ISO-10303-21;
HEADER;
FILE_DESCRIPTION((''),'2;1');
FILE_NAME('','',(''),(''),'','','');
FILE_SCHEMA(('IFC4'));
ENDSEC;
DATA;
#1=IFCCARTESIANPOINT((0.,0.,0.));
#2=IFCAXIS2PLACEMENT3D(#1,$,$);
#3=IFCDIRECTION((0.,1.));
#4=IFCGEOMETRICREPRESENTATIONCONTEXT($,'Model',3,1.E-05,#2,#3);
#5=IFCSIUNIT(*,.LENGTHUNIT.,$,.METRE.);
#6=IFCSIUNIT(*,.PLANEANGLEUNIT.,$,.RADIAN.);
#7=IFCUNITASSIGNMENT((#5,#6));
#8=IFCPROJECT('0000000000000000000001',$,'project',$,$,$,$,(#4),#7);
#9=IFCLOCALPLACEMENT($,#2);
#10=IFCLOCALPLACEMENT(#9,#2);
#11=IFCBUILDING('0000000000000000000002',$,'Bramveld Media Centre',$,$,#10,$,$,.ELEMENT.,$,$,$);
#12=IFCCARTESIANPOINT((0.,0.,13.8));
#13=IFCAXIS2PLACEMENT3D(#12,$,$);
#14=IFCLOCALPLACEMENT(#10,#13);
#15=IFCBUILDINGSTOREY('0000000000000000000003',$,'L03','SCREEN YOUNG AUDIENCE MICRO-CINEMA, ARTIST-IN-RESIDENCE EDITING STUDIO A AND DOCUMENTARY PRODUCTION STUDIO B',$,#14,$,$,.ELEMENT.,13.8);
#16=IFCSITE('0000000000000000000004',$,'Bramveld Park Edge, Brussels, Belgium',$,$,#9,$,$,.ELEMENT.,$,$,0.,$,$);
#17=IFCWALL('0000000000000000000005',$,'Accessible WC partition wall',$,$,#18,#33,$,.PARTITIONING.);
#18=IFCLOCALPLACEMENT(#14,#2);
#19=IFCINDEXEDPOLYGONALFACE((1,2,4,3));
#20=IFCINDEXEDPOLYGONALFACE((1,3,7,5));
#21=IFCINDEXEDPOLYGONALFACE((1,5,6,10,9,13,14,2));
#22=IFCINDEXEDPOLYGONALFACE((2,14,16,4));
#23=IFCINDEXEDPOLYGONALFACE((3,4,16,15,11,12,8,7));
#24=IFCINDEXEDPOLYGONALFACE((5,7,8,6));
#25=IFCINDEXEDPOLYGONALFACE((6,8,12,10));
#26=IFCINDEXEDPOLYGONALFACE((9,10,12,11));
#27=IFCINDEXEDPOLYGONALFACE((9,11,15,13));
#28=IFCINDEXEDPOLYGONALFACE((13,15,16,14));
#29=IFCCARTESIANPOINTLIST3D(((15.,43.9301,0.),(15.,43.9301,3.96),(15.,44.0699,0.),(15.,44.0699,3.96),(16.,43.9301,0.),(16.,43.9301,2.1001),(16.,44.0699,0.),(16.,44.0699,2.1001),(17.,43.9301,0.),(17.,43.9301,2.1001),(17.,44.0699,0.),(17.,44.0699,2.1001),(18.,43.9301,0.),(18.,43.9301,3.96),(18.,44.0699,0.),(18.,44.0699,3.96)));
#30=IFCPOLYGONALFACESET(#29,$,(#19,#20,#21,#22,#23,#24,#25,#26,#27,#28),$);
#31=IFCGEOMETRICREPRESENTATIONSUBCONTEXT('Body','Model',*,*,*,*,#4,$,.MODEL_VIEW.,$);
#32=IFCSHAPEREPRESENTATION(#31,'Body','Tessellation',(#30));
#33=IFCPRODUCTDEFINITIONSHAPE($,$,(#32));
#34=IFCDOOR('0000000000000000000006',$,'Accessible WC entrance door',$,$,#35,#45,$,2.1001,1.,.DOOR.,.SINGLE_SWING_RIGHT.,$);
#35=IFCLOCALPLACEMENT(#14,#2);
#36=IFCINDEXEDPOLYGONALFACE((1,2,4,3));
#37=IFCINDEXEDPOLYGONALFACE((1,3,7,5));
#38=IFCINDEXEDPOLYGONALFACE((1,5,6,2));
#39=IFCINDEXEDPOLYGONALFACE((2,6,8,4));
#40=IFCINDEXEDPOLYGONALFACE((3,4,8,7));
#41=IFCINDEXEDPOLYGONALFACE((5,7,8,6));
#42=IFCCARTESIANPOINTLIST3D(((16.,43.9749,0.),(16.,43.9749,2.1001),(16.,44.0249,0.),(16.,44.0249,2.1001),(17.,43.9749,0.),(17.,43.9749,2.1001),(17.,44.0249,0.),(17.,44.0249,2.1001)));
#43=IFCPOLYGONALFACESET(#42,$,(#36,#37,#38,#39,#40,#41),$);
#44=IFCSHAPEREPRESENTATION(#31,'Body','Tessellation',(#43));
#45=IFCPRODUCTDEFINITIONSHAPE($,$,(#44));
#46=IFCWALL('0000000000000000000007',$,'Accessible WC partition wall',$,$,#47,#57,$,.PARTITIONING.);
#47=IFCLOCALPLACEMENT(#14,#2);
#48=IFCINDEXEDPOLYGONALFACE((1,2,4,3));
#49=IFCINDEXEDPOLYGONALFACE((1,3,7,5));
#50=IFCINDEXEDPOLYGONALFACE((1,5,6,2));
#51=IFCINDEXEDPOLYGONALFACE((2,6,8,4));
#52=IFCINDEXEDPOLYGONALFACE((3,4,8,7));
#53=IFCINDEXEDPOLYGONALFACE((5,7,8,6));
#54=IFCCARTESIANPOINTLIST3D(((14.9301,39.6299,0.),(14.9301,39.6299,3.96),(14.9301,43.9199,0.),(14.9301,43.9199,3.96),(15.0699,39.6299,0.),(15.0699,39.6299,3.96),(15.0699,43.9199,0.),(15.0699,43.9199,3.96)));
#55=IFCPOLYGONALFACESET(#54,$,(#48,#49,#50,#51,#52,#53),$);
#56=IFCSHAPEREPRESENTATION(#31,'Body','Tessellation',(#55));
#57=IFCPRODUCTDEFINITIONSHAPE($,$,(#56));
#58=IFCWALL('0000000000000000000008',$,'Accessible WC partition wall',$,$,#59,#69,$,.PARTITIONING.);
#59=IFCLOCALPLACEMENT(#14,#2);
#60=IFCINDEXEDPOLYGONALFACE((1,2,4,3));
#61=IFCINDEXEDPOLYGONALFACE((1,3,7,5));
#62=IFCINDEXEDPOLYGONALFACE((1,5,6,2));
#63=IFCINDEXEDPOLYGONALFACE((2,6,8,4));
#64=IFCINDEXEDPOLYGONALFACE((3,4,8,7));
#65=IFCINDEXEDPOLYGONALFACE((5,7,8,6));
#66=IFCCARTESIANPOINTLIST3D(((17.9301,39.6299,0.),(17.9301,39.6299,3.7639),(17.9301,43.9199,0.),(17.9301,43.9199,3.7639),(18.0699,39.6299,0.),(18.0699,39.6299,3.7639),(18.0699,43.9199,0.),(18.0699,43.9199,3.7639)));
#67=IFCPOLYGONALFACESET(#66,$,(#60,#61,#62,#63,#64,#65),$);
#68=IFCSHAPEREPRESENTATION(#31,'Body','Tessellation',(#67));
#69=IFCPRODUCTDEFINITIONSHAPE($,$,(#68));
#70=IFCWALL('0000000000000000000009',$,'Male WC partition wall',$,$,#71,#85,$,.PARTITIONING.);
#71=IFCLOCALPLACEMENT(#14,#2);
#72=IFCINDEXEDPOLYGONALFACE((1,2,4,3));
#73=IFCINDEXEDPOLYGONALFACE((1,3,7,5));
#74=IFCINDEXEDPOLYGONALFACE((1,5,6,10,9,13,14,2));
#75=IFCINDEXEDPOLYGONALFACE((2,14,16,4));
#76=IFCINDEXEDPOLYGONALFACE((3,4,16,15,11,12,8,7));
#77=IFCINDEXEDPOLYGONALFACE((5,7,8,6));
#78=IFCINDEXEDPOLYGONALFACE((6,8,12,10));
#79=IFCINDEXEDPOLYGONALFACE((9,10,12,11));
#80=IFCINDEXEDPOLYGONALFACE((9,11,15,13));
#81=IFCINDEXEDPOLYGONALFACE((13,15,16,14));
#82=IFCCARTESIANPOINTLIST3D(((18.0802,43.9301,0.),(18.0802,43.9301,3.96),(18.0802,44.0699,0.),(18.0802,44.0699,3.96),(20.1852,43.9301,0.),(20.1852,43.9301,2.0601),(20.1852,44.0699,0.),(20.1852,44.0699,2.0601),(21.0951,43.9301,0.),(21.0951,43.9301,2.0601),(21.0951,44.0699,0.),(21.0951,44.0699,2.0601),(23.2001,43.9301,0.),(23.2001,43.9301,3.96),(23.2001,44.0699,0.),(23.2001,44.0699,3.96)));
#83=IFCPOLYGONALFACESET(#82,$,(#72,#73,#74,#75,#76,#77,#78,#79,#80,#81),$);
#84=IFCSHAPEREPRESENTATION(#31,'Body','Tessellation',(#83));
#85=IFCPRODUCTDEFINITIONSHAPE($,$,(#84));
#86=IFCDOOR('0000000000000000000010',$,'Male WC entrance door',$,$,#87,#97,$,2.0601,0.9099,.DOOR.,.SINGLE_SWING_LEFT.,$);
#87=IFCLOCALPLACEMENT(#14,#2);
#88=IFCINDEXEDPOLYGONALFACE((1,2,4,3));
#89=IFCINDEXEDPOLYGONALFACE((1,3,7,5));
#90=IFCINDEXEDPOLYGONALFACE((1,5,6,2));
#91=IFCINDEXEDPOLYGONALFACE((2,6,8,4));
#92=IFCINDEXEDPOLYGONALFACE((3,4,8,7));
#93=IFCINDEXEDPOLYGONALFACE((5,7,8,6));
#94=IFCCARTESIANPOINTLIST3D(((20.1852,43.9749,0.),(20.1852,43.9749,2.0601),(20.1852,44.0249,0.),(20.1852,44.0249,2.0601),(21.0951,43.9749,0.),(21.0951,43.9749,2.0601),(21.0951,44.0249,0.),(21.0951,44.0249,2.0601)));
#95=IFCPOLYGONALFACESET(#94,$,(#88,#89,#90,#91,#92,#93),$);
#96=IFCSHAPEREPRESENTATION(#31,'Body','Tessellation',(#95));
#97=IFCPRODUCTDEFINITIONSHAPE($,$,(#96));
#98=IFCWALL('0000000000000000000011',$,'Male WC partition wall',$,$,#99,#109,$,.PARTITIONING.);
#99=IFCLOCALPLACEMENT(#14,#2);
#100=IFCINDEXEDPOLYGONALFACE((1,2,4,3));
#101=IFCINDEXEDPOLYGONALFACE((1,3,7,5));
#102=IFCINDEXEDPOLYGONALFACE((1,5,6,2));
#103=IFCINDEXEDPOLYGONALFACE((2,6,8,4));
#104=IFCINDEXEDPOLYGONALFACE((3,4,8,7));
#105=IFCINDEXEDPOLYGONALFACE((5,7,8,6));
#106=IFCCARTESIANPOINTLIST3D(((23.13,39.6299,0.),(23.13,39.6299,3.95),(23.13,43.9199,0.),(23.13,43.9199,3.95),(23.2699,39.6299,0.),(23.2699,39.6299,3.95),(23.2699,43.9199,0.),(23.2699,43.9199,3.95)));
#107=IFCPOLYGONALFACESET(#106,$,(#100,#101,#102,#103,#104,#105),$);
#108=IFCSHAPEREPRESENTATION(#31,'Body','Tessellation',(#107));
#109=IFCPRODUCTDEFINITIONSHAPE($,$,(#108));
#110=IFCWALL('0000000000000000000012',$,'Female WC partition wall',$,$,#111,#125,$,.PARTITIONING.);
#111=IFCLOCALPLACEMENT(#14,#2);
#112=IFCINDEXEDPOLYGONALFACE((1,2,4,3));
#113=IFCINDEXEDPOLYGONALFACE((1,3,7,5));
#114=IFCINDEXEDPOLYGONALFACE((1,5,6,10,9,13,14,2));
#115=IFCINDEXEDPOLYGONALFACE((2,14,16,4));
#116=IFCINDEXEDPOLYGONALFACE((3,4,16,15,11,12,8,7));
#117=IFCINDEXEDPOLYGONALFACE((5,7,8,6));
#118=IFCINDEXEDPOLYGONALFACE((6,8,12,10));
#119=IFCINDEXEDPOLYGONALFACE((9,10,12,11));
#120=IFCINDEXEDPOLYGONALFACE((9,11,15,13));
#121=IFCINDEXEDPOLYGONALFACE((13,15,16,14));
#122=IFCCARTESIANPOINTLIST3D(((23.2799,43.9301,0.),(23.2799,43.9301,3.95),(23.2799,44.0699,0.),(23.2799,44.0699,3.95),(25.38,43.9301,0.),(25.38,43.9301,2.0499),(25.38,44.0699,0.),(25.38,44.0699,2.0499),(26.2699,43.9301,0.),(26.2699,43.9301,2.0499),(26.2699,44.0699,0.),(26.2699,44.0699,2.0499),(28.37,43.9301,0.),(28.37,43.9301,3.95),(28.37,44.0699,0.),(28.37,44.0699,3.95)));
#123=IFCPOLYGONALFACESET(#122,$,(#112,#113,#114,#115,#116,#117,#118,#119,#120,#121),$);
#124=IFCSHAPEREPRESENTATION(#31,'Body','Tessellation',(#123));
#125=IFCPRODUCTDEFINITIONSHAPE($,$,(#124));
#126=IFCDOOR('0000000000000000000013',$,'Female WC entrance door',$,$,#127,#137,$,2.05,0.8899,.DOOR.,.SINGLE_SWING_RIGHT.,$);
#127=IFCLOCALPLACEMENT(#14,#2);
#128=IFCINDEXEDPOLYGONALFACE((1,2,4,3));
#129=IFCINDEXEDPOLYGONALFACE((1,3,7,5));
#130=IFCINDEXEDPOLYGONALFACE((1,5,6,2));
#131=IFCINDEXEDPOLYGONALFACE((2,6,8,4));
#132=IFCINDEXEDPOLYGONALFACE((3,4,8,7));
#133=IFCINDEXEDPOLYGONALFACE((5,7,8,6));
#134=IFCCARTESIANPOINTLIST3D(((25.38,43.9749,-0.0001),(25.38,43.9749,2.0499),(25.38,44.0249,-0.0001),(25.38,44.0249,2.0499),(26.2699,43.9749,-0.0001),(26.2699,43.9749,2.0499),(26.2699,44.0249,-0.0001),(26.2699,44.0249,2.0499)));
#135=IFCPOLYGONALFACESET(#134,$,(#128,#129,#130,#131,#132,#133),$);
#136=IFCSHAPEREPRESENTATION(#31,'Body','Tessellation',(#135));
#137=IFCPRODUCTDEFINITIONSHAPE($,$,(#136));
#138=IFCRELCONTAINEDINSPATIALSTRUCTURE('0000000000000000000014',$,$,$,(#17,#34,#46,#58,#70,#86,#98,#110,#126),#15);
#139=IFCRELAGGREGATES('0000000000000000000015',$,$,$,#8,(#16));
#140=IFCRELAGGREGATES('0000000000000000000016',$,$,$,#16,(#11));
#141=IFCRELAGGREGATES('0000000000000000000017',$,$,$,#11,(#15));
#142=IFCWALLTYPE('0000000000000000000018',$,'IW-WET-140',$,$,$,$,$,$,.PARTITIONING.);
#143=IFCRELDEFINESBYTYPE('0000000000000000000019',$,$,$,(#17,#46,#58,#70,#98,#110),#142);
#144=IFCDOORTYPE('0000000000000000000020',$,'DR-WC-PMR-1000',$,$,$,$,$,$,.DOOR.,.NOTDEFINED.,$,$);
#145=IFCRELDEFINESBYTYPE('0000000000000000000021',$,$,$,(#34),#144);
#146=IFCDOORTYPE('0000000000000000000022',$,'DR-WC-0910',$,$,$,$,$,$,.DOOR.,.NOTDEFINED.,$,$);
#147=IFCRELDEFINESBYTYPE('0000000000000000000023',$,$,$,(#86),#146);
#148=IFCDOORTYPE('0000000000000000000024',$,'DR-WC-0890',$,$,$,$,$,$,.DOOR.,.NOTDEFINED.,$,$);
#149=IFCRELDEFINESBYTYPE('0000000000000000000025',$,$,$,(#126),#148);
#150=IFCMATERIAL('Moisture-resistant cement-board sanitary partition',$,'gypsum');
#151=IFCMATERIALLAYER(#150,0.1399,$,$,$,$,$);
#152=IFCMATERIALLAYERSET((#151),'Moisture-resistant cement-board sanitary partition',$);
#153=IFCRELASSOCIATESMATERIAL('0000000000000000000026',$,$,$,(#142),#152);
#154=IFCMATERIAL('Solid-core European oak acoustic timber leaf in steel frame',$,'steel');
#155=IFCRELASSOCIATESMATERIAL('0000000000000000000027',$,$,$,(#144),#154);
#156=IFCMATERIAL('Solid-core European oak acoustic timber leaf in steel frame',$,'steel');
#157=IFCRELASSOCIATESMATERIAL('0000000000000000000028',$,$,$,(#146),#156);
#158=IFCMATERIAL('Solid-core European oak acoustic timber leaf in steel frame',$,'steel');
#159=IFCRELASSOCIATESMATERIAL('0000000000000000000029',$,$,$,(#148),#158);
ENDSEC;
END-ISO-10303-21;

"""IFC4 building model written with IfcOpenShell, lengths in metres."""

from ifc_helpers import new_model, si_unit, direction, frame, frame_2d, origin, place, context, subcontext, project, spatial, rectangle, extrude, material, layer, layer_set, type_object, element, fill, save


model = new_model("IFC4")

# Units and contexts
model_context = context("Model", 3, precision=1e-05, world=origin(), true_north=direction((0.0, 1.0)))
body_context = subcontext(model_context, "Body", "Model", "MODEL_VIEW")
ifc_project = project(units=[si_unit("LENGTHUNIT", "METRE"), si_unit("PLANEANGLEUNIT", "RADIAN")], contexts=[model_context])

# Site, building, storey
site_placement = place(None, origin())
site = spatial("IfcSite", under=ifc_project, at=site_placement, Name="Bramveld Park Edge, Brussels, Belgium", CompositionType="ELEMENT", RefElevation=0.0)
building_placement = place(site_placement, origin())
building = spatial("IfcBuilding", under=site, at=building_placement, Name="Bramveld Media Centre", CompositionType="ELEMENT")
storey_placement = place(building_placement, frame((0.0, 0.0, 13.8)))
storey = spatial("IfcBuildingStorey", under=building, at=storey_placement, Name="L03", Description="SCREEN YOUNG AUDIENCE MICRO-CINEMA, ARTIST-IN-RESIDENCE EDITING STUDIO A AND DOCUMENTARY PRODUCTION STUDIO B", CompositionType="ELEMENT", Elevation=13.8)

# Wall, opening, door
ifc_material_1 = material(Name="Moisture-resistant cement-board sanitary partition", Category="gypsum")
ifc_layer = layer(ifc_material_1, 0.1399)
ifc_layer_set = layer_set([ifc_layer], Name="Moisture-resistant cement-board sanitary partition")
wall_type = type_object("IfcWallType", Name="IW-WET-140", PredefinedType="PARTITIONING", material=ifc_layer_set)
wall_1_placement = place(storey_placement, frame((15.0, 44.0, 0.0), z_axis=(0.0, 0.0, 1.0), x_axis=(1.0, 0.0, 0.0)))
wall_1 = element("IfcWall", 1, at=wall_1_placement, inside=storey, type_object=wall_type, Name="Accessible WC partition wall", PredefinedType="PARTITIONING", context=body_context, shape_type="SweptSolid", body=[
    extrude(rectangle(XDim=3.0, YDim=0.1399, at=frame_2d((1.5, 0.0))), origin(), (0.0, 0.0, 1.0), 3.96),
])
opening_1_placement = place(wall_1_placement, frame((1.0, 0.0, 0.0)))
opening_1 = element("IfcOpeningElement", 2, at=opening_1_placement, cuts=wall_1, PredefinedType="OPENING", context=body_context, shape_type="SweptSolid", body=[
    extrude(rectangle(XDim=1.0, YDim=2.1001, at=frame_2d((0.5, 1.05))), frame((0.0, 0.082, 0.0), z_axis=(0.0, -1.0, 0.0), x_axis=(1.0, 0.0, 0.0)), (0.0, 0.0, 1.0), 0.1638),
])
ifc_material_2 = material(Name="Solid-core European oak acoustic timber leaf in steel frame", Category="steel")
door_type_1 = type_object("IfcDoorType", Name="DR-WC-PMR-1000", OperationType="NOTDEFINED", PredefinedType="DOOR", material=ifc_material_2)
door_1_placement = place(opening_1_placement, origin())
door_1 = element("IfcDoor", 3, at=door_1_placement, inside=storey, type_object=door_type_1, Name="Accessible WC entrance door", OperationType="SINGLE_SWING_RIGHT", OverallHeight=2.1001, OverallWidth=1.0, PredefinedType="DOOR", context=body_context, shape_type="SweptSolid", body=[
    extrude(rectangle(XDim=1.0, YDim=2.1001, at=frame_2d((0.5, 1.05))), frame((0.0, 0.0249, 0.0), z_axis=(0.0, -1.0, 0.0), x_axis=(1.0, 0.0, 0.0)), (0.0, 0.0, 1.0), 0.05),
])
fill(opening_1, door_1)

# Walls
wall_2_placement = place(storey_placement, frame((15.0, 39.6299, 0.0), z_axis=(0.0, 0.0, 1.0), x_axis=(0.0, 1.0, 0.0)))
element("IfcWall", 4, at=wall_2_placement, inside=storey, type_object=wall_type, Name="Accessible WC partition wall", PredefinedType="PARTITIONING", context=body_context, shape_type="SweptSolid", body=[
    extrude(rectangle(XDim=4.29, YDim=0.1399, at=frame_2d((2.145, 0.0))), origin(), (0.0, 0.0, 1.0), 3.96),
])
wall_3_placement = place(storey_placement, frame((18.0, 39.6299, 0.0), z_axis=(0.0, 0.0, 1.0), x_axis=(0.0, 1.0, 0.0)))
element("IfcWall", 5, at=wall_3_placement, inside=storey, type_object=wall_type, Name="Accessible WC partition wall", PredefinedType="PARTITIONING", context=body_context, shape_type="SweptSolid", body=[
    extrude(rectangle(XDim=4.29, YDim=0.1399, at=frame_2d((2.145, 0.0))), origin(), (0.0, 0.0, 1.0), 3.7639),
])

# Wall, opening, door
wall_4_placement = place(storey_placement, frame((18.0801, 44.0, 0.0), z_axis=(0.0, 0.0, 1.0), x_axis=(1.0, 0.0, 0.0)))
wall_4 = element("IfcWall", 6, at=wall_4_placement, inside=storey, type_object=wall_type, Name="Male WC partition wall", PredefinedType="PARTITIONING", context=body_context, shape_type="SweptSolid", body=[
    extrude(rectangle(XDim=5.1199, YDim=0.1399, at=frame_2d((2.5601, 0.0))), origin(), (0.0, 0.0, 1.0), 3.96),
])
opening_2_placement = place(wall_4_placement, frame((2.105, 0.0, 0.0)))
opening_2 = element("IfcOpeningElement", 7, at=opening_2_placement, cuts=wall_4, PredefinedType="OPENING", context=body_context, shape_type="SweptSolid", body=[
    extrude(rectangle(XDim=0.9099, YDim=2.0601, at=frame_2d((0.4551, 1.03))), frame((0.0, 0.082, 0.0), z_axis=(0.0, -1.0, 0.0), x_axis=(1.0, 0.0, 0.0)), (0.0, 0.0, 1.0), 0.1638),
])
ifc_material_3 = material(Name="Solid-core European oak acoustic timber leaf in steel frame", Category="steel")
door_type_2 = type_object("IfcDoorType", Name="DR-WC-0910", OperationType="NOTDEFINED", PredefinedType="DOOR", material=ifc_material_3)
door_2_placement = place(opening_2_placement, origin())
door_2 = element("IfcDoor", 8, at=door_2_placement, inside=storey, type_object=door_type_2, Name="Male WC entrance door", OperationType="SINGLE_SWING_LEFT", OverallHeight=2.0601, OverallWidth=0.9099, PredefinedType="DOOR", context=body_context, shape_type="SweptSolid", body=[
    extrude(rectangle(XDim=0.9099, YDim=2.0601, at=frame_2d((0.4551, 1.03))), frame((0.0, 0.0249, 0.0), z_axis=(0.0, -1.0, 0.0), x_axis=(1.0, 0.0, 0.0)), (0.0, 0.0, 1.0), 0.05),
])
fill(opening_2, door_2)

# Wall
wall_5_placement = place(storey_placement, frame((23.2, 39.6299, 0.0), z_axis=(0.0, 0.0, 1.0), x_axis=(0.0, 1.0, 0.0)))
element("IfcWall", 9, at=wall_5_placement, inside=storey, type_object=wall_type, Name="Male WC partition wall", PredefinedType="PARTITIONING", context=body_context, shape_type="SweptSolid", body=[
    extrude(rectangle(XDim=4.29, YDim=0.1399, at=frame_2d((2.145, 0.0))), origin(), (0.0, 0.0, 1.0), 3.95),
])

# Wall, opening, door
wall_6_placement = place(storey_placement, frame((23.28, 44.0, 0.0), z_axis=(0.0, 0.0, 1.0), x_axis=(1.0, 0.0, 0.0)))
wall_6 = element("IfcWall", 10, at=wall_6_placement, inside=storey, type_object=wall_type, Name="Female WC partition wall", PredefinedType="PARTITIONING", context=body_context, shape_type="SweptSolid", body=[
    extrude(rectangle(XDim=5.0901, YDim=0.1399, at=frame_2d((2.5449, 0.0))), origin(), (0.0, 0.0, 1.0), 3.95),
])
opening_3_placement = place(wall_6_placement, frame((2.1001, 0.0, 0.0)))
opening_3 = element("IfcOpeningElement", 11, at=opening_3_placement, cuts=wall_6, PredefinedType="OPENING", context=body_context, shape_type="SweptSolid", body=[
    extrude(rectangle(XDim=0.8899, YDim=2.05, at=frame_2d((0.4448, 1.0249))), frame((0.0, 0.082, 0.0), z_axis=(0.0, -1.0, 0.0), x_axis=(1.0, 0.0, 0.0)), (0.0, 0.0, 1.0), 0.1638),
])
ifc_material_4 = material(Name="Solid-core European oak acoustic timber leaf in steel frame", Category="steel")
door_type_3 = type_object("IfcDoorType", Name="DR-WC-0890", OperationType="NOTDEFINED", PredefinedType="DOOR", material=ifc_material_4)
door_3_placement = place(opening_3_placement, origin())
door_3 = element("IfcDoor", 12, at=door_3_placement, inside=storey, type_object=door_type_3, Name="Female WC entrance door", OperationType="SINGLE_SWING_RIGHT", OverallHeight=2.05, OverallWidth=0.8899, PredefinedType="DOOR", context=body_context, shape_type="SweptSolid", body=[
    extrude(rectangle(XDim=0.8899, YDim=2.05, at=frame_2d((0.4448, 1.0249))), frame((0.0, 0.0249, 0.0), z_axis=(0.0, -1.0, 0.0), x_axis=(1.0, 0.0, 0.0)), (0.0, 0.0, 1.0), 0.05),
])
fill(opening_3, door_3)

save(model, "model.ifc")
